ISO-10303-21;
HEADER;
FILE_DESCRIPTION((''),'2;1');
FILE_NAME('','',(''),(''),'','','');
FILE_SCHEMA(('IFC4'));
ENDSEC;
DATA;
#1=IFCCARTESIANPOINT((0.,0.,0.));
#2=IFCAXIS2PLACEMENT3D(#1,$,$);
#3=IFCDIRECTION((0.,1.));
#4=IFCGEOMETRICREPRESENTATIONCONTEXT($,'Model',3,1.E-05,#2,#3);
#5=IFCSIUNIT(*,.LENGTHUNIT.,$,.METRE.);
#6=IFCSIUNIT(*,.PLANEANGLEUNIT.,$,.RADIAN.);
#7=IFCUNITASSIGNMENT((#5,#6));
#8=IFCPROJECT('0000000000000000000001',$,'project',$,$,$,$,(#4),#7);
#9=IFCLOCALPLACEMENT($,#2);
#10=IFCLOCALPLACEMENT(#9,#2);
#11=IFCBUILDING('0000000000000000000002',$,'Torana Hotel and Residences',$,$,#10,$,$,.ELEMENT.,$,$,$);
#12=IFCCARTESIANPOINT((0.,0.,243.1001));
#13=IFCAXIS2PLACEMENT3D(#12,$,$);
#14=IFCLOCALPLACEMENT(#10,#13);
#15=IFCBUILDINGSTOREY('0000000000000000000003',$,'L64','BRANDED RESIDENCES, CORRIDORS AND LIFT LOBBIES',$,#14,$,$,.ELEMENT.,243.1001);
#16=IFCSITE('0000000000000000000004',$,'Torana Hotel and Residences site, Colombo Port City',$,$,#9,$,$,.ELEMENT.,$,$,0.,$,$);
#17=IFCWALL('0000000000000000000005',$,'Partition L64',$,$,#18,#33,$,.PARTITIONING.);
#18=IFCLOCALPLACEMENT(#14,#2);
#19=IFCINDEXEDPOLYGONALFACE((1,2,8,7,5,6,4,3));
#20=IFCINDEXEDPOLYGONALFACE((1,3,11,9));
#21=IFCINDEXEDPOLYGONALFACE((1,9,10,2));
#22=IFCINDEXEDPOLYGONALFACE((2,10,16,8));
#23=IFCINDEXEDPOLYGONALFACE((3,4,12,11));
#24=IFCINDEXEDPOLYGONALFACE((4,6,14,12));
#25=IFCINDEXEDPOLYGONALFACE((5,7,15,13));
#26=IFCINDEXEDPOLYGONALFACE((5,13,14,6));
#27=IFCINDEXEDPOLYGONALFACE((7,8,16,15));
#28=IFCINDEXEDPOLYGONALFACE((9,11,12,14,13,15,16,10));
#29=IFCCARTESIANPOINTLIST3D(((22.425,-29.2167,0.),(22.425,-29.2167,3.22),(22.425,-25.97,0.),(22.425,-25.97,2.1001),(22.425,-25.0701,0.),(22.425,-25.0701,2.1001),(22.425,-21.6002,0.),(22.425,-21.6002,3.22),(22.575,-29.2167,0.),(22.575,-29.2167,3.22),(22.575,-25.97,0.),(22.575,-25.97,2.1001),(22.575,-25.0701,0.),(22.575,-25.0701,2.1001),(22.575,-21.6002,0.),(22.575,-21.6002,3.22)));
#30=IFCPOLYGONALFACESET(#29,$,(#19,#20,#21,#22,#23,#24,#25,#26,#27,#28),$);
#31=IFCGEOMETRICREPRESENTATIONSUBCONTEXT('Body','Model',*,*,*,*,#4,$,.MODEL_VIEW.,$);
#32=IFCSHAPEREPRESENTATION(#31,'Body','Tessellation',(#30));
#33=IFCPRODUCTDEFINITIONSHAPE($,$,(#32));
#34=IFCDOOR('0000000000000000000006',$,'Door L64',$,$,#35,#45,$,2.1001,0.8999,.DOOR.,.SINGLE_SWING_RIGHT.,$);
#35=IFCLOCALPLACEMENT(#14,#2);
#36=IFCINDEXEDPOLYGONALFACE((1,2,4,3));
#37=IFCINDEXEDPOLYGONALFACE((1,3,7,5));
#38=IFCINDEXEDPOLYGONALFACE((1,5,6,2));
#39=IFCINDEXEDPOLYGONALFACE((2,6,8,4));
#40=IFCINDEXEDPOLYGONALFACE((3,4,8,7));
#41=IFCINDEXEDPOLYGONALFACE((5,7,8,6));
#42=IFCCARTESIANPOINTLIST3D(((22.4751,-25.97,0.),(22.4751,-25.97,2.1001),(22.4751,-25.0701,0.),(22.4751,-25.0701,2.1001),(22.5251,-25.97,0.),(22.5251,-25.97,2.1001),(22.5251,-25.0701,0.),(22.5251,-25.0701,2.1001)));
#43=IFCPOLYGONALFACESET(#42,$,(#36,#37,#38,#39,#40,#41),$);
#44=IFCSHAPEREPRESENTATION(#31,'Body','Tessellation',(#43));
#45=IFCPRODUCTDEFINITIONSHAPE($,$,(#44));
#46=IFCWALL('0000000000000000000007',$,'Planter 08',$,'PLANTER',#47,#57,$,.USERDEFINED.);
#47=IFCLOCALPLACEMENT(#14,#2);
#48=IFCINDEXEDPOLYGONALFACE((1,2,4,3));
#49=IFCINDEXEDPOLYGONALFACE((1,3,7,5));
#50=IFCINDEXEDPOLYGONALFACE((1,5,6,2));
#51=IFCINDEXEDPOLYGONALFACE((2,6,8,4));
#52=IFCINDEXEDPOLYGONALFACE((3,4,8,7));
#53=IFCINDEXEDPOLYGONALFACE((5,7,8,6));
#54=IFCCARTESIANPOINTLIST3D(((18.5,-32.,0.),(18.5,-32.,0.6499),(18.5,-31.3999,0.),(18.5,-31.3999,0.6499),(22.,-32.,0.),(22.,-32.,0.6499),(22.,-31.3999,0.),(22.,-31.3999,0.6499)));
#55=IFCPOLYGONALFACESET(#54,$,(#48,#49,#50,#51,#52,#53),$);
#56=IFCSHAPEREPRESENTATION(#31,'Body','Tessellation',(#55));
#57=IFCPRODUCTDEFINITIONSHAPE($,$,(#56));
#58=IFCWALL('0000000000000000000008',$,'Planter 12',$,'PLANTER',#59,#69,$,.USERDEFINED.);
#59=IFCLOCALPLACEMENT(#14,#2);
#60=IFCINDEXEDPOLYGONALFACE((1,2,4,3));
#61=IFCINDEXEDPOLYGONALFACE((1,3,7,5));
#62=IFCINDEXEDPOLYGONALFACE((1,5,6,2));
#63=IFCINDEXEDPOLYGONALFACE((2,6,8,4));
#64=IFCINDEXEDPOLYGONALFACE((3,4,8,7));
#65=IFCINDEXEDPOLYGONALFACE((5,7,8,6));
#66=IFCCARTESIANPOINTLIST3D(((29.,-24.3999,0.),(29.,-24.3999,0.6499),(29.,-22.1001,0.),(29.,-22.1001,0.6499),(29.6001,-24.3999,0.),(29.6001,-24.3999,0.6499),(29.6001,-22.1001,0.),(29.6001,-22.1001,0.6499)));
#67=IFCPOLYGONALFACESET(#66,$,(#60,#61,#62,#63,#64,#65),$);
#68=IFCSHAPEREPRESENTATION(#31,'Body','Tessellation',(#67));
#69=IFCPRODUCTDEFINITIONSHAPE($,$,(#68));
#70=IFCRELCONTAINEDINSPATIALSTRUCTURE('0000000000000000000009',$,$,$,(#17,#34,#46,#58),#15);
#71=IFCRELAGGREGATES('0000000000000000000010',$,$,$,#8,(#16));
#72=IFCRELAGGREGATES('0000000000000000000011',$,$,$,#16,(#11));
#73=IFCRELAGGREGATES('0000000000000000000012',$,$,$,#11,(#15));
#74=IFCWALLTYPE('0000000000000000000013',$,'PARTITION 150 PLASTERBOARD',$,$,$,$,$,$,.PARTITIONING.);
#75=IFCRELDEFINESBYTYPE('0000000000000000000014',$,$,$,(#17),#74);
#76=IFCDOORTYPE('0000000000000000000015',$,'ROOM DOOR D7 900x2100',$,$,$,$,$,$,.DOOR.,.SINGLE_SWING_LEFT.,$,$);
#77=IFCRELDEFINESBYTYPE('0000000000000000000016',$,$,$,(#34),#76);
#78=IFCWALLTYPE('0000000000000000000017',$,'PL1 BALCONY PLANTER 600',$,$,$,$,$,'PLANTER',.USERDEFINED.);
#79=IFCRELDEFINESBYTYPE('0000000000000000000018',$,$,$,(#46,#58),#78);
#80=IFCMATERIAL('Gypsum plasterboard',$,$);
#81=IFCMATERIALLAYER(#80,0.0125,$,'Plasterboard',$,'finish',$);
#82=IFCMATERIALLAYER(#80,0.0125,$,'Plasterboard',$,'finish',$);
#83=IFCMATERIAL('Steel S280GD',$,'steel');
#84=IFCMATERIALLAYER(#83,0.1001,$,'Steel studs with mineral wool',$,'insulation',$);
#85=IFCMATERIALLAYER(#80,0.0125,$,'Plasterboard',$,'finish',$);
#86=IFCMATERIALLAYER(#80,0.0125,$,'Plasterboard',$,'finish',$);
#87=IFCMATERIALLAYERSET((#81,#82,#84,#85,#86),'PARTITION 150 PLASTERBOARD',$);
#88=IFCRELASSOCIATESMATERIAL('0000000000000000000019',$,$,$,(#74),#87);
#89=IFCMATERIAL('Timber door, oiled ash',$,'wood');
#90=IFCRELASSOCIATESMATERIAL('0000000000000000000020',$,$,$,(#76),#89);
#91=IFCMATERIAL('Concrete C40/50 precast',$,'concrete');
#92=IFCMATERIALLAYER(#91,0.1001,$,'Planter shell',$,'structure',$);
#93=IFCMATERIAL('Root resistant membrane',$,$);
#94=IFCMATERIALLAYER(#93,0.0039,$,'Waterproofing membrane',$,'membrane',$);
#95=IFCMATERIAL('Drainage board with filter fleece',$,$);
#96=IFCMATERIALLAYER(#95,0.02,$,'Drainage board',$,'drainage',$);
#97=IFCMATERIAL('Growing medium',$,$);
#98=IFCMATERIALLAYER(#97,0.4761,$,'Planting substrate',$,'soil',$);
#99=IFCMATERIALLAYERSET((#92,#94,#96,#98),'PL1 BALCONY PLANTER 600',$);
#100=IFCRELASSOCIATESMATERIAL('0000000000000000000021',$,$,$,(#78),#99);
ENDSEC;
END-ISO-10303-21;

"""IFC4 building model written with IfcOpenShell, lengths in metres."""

from ifc_helpers import new_model, si_unit, direction, frame, frame_2d, origin, place, context, subcontext, project, spatial, rectangle, extrude, material, layer, layer_set, type_object, element, fill, save


model = new_model("IFC4")

# Units and contexts
model_context = context("Model", 3, precision=1e-05, world=origin(), true_north=direction((0.0, 1.0)))
body_context = subcontext(model_context, "Body", "Model", "MODEL_VIEW")
ifc_project = project(units=[si_unit("LENGTHUNIT", "METRE"), si_unit("PLANEANGLEUNIT", "RADIAN")], contexts=[model_context])

# Site, building, storey
site_placement = place(None, origin())
site = spatial("IfcSite", under=ifc_project, at=site_placement, Name="Torana Hotel and Residences site, Colombo Port City", CompositionType="ELEMENT", RefElevation=0.0)
building_placement = place(site_placement, origin())
building = spatial("IfcBuilding", under=site, at=building_placement, Name="Torana Hotel and Residences", CompositionType="ELEMENT")
storey_placement = place(building_placement, frame((0.0, 0.0, 243.1001)))
storey = spatial("IfcBuildingStorey", under=building, at=storey_placement, Name="L64", Description="BRANDED RESIDENCES, CORRIDORS AND LIFT LOBBIES", CompositionType="ELEMENT", Elevation=243.1001)

# Shared definitions
ifc_material_1 = material(Name="Steel S280GD", Category="steel")

# Wall, opening, door
ifc_material_2 = material(Name="Gypsum plasterboard")
ifc_layer_1 = layer(ifc_material_2, 0.0125, Name="Plasterboard", Category="finish")
ifc_layer_2 = layer(ifc_material_2, 0.0125, Name="Plasterboard", Category="finish")
ifc_layer_3 = layer(ifc_material_1, 0.1001, Name="Steel studs with mineral wool", Category="insulation")
ifc_layer_4 = layer(ifc_material_2, 0.0125, Name="Plasterboard", Category="finish")
ifc_layer_5 = layer(ifc_material_2, 0.0125, Name="Plasterboard", Category="finish")
ifc_layer_set_1 = layer_set([ifc_layer_1, ifc_layer_2, ifc_layer_3, ifc_layer_4, ifc_layer_5], Name="PARTITION 150 PLASTERBOARD")
wall_type_1 = type_object("IfcWallType", Name="PARTITION 150 PLASTERBOARD", PredefinedType="PARTITIONING", material=ifc_layer_set_1)
wall_1_placement = place(storey_placement, frame((22.5, -29.2166, 0.0), z_axis=(0.0, 0.0, 1.0), x_axis=(0.0, 1.0, 0.0)))
wall_1 = element("IfcWall", 1, at=wall_1_placement, inside=storey, type_object=wall_type_1, Name="Partition L64", PredefinedType="PARTITIONING", context=body_context, shape_type="SweptSolid", body=[
    extrude(rectangle(XDim=7.6165, YDim=0.1499, at=frame_2d((3.8081, 0.0))), origin(), (0.0, 0.0, 1.0), 3.22),
])
opening_1_placement = place(wall_1_placement, frame((3.2466, 0.0, 0.0)))
opening_1 = element("IfcOpeningElement", 2, at=opening_1_placement, cuts=wall_1, PredefinedType="OPENING", context=body_context, shape_type="SweptSolid", body=[
    extrude(rectangle(XDim=0.8999, YDim=2.1001, at=frame_2d((0.45, 1.05))), frame((0.0, 0.085, 0.0), z_axis=(0.0, -1.0, 0.0), x_axis=(1.0, 0.0, 0.0)), (0.0, 0.0, 1.0), 0.1699),
])
ifc_material_3 = material(Name="Timber door, oiled ash", Category="wood")
door_type_1 = type_object("IfcDoorType", Name="ROOM DOOR D7 900x2100", OperationType="SINGLE_SWING_LEFT", PredefinedType="DOOR", material=ifc_material_3)
door_1_placement = place(opening_1_placement, origin())
door_1 = element("IfcDoor", 3, at=door_1_placement, inside=storey, type_object=door_type_1, Name="Door L64", OperationType="SINGLE_SWING_RIGHT", OverallHeight=2.1001, OverallWidth=0.8999, PredefinedType="DOOR", context=body_context, shape_type="SweptSolid", body=[
    extrude(rectangle(XDim=0.8999, YDim=2.1001, at=frame_2d((0.45, 1.05))), frame((0.0, 0.0249, 0.0), z_axis=(0.0, -1.0, 0.0), x_axis=(1.0, 0.0, 0.0)), (0.0, 0.0, 1.0), 0.05),
])
fill(opening_1, door_1)

# Walls
ifc_material_4 = material(Name="Concrete C40/50 precast", Category="concrete")
ifc_layer_6 = layer(ifc_material_4, 0.1001, Name="Planter shell", Category="structure")
ifc_material_5 = material(Name="Root resistant membrane")
ifc_layer_7 = layer(ifc_material_5, 0.0039, Name="Waterproofing membrane", Category="membrane")
ifc_material_6 = material(Name="Drainage board with filter fleece")
ifc_layer_8 = layer(ifc_material_6, 0.02, Name="Drainage board", Category="drainage")
ifc_material_7 = material(Name="Growing medium")
ifc_layer_9 = layer(ifc_material_7, 0.4761, Name="Planting substrate", Category="soil")
ifc_layer_set_2 = layer_set([ifc_layer_6, ifc_layer_7, ifc_layer_8, ifc_layer_9], Name="PL1 BALCONY PLANTER 600")
wall_type_2 = type_object("IfcWallType", Name="PL1 BALCONY PLANTER 600", ElementType="PLANTER", PredefinedType="USERDEFINED", material=ifc_layer_set_2)
wall_2_placement = place(storey_placement, frame((22.0, -31.7, 0.0), z_axis=(0.0, 0.0, 1.0), x_axis=(-1.0, 0.0, 0.0)))
element("IfcWall", 4, at=wall_2_placement, inside=storey, type_object=wall_type_2, Name="Planter 08", ObjectType="PLANTER", PredefinedType="USERDEFINED", context=body_context, shape_type="SweptSolid", body=[
    extrude(rectangle(XDim=3.5, YDim=0.6001, at=frame_2d((1.75, 0.0))), origin(), (0.0, 0.0, 1.0), 0.6499),
])
wall_3_placement = place(storey_placement, frame((29.3, -22.1001, 0.0), z_axis=(0.0, 0.0, 1.0), x_axis=(0.0, -1.0, 0.0)))
element("IfcWall", 5, at=wall_3_placement, inside=storey, type_object=wall_type_2, Name="Planter 12", ObjectType="PLANTER", PredefinedType="USERDEFINED", context=body_context, shape_type="SweptSolid", body=[
    extrude(rectangle(XDim=2.2998, YDim=0.6001, at=frame_2d((1.1499, 0.0))), origin(), (0.0, 0.0, 1.0), 0.6499),
])

save(model, "model.ifc")
